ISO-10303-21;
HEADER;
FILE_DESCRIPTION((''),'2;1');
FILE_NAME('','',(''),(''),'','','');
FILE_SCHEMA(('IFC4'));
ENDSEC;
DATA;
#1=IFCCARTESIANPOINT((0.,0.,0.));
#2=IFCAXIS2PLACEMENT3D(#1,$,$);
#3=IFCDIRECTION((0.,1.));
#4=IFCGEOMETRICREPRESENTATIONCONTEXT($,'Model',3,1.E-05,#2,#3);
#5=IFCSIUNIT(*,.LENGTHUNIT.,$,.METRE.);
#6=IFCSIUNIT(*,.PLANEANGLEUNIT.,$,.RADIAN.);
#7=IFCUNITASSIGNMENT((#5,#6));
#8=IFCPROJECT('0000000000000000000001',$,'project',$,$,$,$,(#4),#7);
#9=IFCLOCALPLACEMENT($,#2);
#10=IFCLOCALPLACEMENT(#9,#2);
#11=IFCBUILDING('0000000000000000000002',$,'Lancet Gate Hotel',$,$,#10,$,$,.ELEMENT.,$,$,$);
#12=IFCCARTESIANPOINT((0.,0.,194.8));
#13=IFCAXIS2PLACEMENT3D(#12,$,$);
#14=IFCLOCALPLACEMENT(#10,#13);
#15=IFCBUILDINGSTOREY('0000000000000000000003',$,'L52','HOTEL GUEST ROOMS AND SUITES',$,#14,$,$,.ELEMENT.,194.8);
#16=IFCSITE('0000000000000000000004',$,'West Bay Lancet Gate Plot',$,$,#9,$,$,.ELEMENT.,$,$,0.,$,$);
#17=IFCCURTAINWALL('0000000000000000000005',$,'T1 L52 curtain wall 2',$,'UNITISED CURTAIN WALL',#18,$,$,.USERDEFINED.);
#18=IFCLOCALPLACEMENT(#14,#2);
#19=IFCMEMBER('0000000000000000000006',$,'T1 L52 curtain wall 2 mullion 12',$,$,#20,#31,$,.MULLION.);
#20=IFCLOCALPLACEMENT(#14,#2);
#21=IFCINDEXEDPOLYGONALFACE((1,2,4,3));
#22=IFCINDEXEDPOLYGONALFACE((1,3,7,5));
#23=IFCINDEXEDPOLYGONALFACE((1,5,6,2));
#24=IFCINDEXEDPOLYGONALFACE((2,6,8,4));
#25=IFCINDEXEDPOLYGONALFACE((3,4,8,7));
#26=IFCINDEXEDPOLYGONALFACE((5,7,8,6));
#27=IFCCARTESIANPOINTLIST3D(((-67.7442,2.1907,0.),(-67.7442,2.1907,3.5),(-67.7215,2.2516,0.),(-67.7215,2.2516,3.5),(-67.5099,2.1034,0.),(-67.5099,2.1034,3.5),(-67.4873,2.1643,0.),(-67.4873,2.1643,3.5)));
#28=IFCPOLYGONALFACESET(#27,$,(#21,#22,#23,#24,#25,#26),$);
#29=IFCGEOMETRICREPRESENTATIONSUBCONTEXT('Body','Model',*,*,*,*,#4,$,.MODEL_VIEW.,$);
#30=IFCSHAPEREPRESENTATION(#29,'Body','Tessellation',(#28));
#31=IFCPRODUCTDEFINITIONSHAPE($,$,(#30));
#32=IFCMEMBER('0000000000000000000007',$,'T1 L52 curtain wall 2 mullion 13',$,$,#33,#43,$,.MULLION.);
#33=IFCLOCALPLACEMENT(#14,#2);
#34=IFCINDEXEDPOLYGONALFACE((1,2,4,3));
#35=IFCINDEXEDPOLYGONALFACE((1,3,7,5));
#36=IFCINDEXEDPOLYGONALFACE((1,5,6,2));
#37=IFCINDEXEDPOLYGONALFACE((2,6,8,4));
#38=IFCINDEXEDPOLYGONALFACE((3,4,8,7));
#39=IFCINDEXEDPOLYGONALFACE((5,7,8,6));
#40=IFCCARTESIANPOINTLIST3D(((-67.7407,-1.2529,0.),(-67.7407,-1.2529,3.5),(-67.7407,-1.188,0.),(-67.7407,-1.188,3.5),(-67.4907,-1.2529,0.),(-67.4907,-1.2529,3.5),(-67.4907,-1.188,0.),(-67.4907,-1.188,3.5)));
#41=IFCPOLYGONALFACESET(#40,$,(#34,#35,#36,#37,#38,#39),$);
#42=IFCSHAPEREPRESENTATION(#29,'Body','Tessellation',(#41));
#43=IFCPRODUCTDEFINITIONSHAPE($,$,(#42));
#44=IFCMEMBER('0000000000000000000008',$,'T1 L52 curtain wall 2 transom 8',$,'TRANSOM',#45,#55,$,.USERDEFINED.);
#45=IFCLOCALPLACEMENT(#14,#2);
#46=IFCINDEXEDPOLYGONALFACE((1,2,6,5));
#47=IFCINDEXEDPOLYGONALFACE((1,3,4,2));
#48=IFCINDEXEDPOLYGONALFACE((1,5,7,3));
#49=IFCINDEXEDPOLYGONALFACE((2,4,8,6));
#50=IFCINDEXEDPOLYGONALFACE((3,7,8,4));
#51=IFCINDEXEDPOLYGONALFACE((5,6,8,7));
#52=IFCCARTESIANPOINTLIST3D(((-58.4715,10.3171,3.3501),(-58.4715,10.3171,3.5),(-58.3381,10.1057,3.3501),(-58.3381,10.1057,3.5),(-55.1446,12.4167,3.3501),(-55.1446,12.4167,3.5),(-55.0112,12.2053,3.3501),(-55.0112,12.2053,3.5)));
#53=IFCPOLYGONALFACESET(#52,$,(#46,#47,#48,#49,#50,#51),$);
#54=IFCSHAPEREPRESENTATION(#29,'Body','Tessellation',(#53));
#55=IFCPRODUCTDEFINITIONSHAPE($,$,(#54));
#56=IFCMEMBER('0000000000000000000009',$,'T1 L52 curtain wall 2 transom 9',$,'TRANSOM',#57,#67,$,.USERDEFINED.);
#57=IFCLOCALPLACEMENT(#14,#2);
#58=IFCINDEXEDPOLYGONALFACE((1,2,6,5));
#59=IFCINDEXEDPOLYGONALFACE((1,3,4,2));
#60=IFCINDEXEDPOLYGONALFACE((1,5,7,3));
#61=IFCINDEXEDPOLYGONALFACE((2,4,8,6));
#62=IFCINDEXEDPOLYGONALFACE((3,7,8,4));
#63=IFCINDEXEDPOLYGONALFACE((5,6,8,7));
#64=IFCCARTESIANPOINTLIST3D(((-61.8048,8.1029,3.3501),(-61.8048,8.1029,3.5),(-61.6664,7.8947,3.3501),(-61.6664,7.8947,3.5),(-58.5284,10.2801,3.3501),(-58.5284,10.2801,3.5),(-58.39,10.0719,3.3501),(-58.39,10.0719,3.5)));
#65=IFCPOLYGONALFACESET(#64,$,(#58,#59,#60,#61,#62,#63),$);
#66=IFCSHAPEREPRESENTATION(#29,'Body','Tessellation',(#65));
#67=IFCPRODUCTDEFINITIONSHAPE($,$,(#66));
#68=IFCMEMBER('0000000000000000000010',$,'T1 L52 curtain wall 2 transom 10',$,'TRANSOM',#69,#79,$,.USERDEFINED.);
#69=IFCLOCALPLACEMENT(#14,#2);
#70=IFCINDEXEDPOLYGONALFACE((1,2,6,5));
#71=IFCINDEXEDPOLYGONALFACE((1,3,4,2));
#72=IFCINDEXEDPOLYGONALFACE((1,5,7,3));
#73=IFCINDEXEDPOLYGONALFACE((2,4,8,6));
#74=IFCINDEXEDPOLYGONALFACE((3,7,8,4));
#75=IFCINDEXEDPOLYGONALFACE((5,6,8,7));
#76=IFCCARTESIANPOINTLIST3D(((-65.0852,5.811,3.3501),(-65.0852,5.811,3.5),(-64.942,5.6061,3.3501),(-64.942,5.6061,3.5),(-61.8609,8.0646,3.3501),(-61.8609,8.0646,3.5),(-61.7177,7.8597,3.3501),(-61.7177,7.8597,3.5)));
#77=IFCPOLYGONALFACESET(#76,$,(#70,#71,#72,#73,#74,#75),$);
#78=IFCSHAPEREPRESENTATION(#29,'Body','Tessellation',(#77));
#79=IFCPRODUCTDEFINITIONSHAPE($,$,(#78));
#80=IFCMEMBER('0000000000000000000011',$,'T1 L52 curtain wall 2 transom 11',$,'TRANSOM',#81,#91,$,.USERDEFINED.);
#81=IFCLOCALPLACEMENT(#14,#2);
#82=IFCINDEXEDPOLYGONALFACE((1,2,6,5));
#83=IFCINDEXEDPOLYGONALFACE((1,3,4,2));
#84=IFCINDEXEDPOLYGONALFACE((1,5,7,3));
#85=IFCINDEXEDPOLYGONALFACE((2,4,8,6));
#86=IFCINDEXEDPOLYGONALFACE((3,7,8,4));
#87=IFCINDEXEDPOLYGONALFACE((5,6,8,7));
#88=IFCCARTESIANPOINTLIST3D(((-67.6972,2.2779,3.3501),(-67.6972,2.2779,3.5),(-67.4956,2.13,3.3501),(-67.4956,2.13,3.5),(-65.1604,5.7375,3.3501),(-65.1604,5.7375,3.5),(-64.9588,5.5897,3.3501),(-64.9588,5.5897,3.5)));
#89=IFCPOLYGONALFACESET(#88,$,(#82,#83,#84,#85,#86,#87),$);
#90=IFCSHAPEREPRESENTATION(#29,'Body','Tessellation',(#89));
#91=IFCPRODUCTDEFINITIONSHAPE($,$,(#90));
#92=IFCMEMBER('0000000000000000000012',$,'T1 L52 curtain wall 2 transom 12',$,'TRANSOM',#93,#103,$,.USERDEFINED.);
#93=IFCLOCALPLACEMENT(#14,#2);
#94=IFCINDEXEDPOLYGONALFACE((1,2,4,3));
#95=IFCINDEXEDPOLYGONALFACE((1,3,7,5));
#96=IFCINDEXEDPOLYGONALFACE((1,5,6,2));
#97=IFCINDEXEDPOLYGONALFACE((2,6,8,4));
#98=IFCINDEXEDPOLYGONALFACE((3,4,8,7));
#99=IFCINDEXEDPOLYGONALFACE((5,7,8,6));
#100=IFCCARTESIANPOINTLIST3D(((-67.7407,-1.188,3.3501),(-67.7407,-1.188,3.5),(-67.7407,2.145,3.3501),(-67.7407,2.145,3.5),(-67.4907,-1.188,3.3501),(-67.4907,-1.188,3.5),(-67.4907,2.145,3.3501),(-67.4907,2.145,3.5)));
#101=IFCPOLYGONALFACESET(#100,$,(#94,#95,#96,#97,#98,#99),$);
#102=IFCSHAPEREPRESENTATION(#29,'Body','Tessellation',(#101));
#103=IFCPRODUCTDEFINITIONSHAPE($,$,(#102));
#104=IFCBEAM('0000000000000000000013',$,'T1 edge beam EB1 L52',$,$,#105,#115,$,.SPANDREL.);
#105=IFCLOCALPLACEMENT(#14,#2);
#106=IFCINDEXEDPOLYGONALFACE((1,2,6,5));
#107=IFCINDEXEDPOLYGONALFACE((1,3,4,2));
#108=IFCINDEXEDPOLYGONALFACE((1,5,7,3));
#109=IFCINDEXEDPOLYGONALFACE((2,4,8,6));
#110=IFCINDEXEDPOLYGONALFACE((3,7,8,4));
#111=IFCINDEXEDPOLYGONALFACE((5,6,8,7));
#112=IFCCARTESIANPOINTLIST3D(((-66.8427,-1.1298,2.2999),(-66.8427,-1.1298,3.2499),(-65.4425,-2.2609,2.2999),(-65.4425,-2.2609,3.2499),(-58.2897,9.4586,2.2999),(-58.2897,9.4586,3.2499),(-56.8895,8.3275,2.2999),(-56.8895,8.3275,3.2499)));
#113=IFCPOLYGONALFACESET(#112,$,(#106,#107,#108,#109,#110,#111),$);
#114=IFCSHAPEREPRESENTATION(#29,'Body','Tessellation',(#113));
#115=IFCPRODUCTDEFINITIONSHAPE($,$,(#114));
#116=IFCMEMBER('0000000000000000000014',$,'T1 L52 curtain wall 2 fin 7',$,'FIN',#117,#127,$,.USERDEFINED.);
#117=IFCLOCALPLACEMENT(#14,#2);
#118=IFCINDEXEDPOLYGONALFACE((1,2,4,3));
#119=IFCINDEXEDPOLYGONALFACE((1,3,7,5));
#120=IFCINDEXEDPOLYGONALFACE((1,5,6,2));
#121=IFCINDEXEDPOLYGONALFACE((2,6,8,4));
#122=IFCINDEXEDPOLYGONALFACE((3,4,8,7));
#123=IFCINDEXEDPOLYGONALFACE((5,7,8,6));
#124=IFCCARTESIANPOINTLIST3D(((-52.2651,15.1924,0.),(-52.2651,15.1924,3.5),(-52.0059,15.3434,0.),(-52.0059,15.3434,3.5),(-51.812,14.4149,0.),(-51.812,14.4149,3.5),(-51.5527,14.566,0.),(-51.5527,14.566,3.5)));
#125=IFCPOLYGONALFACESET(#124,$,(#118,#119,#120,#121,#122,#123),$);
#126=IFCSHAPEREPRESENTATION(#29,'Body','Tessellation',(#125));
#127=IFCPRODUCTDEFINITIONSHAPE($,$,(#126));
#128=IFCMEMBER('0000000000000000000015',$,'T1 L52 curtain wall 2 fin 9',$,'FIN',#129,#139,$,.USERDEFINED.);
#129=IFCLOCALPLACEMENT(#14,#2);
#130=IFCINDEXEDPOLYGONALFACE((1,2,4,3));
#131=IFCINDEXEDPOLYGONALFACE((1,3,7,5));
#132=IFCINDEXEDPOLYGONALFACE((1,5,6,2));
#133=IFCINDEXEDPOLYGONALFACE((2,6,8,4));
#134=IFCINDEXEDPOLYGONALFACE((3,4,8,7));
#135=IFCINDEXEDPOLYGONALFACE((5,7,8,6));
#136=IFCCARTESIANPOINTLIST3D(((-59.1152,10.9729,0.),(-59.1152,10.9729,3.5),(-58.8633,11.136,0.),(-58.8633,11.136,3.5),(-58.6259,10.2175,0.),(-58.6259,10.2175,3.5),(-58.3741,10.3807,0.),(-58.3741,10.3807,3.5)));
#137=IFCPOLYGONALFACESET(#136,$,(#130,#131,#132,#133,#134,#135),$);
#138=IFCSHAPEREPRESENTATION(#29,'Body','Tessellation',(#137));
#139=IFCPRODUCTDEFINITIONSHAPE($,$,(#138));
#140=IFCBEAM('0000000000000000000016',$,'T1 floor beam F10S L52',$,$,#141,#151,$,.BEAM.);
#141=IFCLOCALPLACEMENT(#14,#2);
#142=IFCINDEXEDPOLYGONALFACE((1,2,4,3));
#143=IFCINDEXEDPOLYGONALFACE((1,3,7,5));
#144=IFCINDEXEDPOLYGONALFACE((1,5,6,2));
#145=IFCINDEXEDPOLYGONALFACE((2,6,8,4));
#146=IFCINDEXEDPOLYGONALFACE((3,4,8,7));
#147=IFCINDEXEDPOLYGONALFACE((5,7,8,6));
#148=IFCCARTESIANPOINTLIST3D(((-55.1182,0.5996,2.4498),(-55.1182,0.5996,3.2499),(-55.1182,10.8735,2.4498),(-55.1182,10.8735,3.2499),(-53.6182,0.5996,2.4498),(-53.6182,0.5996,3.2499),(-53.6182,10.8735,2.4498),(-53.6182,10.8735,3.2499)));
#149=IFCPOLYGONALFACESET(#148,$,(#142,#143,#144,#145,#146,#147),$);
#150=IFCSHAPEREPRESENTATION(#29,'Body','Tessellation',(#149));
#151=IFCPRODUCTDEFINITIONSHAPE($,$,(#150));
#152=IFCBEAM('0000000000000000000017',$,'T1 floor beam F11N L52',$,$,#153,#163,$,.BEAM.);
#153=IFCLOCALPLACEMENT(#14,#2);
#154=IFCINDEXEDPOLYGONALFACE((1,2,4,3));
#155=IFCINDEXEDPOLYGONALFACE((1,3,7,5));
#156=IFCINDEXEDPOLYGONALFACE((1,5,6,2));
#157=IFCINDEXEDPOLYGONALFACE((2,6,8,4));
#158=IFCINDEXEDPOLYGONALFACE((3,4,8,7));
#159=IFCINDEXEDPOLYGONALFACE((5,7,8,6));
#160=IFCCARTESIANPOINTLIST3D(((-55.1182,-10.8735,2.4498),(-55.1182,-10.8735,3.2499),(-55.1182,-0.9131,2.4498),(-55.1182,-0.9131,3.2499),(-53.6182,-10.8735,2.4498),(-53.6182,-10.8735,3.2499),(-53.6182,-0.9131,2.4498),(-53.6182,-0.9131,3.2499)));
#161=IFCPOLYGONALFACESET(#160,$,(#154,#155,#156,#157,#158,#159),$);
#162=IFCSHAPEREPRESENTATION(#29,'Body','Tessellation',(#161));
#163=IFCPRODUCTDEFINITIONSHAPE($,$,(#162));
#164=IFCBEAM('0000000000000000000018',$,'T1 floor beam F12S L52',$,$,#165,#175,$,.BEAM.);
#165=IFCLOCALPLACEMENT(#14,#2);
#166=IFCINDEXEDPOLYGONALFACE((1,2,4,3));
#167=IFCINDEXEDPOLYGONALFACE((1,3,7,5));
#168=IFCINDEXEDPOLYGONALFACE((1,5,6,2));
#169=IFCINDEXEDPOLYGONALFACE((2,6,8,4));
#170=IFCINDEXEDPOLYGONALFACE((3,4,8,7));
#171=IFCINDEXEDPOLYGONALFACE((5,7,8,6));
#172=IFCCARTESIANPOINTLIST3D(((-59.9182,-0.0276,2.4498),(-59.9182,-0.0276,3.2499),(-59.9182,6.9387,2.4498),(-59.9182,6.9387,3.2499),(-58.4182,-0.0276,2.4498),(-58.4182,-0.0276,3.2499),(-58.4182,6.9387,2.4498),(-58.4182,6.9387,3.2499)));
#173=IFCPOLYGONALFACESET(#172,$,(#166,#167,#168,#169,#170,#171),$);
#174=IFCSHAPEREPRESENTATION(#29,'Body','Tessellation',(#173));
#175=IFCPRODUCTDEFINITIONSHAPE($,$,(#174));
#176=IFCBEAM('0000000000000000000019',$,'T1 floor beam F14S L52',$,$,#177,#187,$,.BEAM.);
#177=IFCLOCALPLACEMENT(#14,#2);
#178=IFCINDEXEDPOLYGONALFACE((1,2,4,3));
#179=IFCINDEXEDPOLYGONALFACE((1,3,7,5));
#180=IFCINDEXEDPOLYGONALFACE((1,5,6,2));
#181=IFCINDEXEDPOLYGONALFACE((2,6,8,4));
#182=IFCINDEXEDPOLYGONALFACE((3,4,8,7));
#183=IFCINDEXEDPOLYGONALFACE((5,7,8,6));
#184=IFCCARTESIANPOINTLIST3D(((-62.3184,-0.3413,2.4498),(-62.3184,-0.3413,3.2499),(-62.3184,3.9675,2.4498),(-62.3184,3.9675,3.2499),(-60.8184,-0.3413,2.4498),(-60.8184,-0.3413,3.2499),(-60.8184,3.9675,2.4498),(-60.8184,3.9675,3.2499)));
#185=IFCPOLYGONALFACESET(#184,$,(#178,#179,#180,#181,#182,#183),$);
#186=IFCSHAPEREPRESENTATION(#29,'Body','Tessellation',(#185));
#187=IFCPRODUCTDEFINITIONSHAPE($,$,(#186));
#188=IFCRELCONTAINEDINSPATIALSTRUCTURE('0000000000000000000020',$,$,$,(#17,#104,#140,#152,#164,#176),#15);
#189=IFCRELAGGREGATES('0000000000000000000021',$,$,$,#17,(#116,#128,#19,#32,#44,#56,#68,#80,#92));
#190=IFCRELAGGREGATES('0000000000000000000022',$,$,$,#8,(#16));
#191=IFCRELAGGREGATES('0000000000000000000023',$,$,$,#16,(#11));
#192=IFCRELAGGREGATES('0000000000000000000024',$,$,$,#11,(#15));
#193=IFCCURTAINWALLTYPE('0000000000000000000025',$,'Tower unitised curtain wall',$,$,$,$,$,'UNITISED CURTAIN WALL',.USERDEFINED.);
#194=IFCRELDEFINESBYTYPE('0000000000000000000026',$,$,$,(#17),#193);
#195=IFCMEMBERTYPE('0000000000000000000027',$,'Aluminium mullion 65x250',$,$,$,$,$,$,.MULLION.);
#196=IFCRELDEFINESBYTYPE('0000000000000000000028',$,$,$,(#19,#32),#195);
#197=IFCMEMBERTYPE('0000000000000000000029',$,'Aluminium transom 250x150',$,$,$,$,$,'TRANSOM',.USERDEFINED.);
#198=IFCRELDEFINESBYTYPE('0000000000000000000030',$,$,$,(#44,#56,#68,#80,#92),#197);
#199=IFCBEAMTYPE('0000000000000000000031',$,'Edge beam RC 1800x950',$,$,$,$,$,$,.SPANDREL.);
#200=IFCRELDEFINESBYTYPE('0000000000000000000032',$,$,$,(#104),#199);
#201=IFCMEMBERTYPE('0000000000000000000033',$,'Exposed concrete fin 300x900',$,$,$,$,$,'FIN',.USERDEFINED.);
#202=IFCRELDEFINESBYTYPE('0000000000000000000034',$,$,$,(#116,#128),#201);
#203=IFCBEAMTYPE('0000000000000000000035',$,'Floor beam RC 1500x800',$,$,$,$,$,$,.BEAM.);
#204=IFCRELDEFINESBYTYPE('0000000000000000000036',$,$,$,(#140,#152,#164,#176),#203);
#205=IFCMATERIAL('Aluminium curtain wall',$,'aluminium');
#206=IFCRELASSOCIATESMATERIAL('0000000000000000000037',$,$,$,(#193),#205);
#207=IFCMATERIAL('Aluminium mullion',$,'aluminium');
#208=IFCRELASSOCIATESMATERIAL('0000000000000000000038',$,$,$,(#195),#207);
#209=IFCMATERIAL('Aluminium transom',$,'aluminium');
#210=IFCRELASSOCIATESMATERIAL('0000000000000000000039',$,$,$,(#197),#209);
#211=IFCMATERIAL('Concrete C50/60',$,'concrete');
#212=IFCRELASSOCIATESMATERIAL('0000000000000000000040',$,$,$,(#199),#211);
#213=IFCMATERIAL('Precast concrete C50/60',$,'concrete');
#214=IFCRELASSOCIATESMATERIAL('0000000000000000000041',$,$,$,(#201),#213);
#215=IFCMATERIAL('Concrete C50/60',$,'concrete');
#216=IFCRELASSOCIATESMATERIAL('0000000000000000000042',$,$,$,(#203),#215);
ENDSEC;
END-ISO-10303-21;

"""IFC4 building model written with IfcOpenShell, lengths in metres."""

from ifc_helpers import new_model, si_unit, direction, frame, origin, origin_2d, place, context, subcontext, project, spatial, rectangle, extrude, material, material_profile, profile_set, type_object, element, aggregate, save


model = new_model("IFC4")

# Units and contexts
model_context = context("Model", 3, precision=1e-05, world=origin(), true_north=direction((0.0, 1.0)))
body_context = subcontext(model_context, "Body", "Model", "MODEL_VIEW")
ifc_project = project(units=[si_unit("LENGTHUNIT", "METRE"), si_unit("PLANEANGLEUNIT", "RADIAN")], contexts=[model_context])

# Site, building, storey
site_placement = place(None, origin())
site = spatial("IfcSite", under=ifc_project, at=site_placement, Name="West Bay Lancet Gate Plot", CompositionType="ELEMENT", RefElevation=0.0)
building_placement = place(site_placement, origin())
building = spatial("IfcBuilding", under=site, at=building_placement, Name="Lancet Gate Hotel", CompositionType="ELEMENT")
storey_placement = place(building_placement, frame((0.0, 0.0, 194.8)))
storey = spatial("IfcBuildingStorey", under=building, at=storey_placement, Name="L52", Description="HOTEL GUEST ROOMS AND SUITES", CompositionType="ELEMENT", Elevation=194.8)

# Curtain wall, members
ifc_material_1 = material(Name="Aluminium curtain wall", Category="aluminium")
curtain_wall_type = type_object("IfcCurtainWallType", Name="Tower unitised curtain wall", ElementType="UNITISED CURTAIN WALL", PredefinedType="USERDEFINED", material=ifc_material_1)
curtain_wall_placement = place(storey_placement, origin())
curtain_wall = element("IfcCurtainWall", 1, at=curtain_wall_placement, inside=storey, type_object=curtain_wall_type, Name="T1 L52 curtain wall 2", ObjectType="UNITISED CURTAIN WALL", PredefinedType="USERDEFINED")
ifc_material_2 = material(Name="Aluminium mullion", Category="aluminium")
ifc_material_profile_1 = material_profile(ifc_material_2, rectangle(XDim=0.0649, YDim=0.25, at=origin_2d()), Name="MULLION 65x250")
ifc_profile_set_1 = profile_set([ifc_material_profile_1], Name="Aluminium mullion")
member_type_1 = type_object("IfcMemberType", Name="Aluminium mullion 65x250", PredefinedType="MULLION", material=ifc_profile_set_1)
member_1_placement = place(storey_placement, frame((-67.6157, 2.1775, 0.0), z_axis=(0.0, 0.0, 1.0), x_axis=(-0.349199, -0.937048, 0.0)))
member_1 = element("IfcMember", 2, at=member_1_placement, type_object=member_type_1, Name="T1 L52 curtain wall 2 mullion 12", PredefinedType="MULLION", context=body_context, shape_type="SweptSolid", body=[
    extrude(rectangle(XDim=0.0649, YDim=0.25, at=origin_2d()), origin(), (0.0, 0.0, 1.0), 3.5),
])
member_2_placement = place(storey_placement, frame((-67.6157, -1.2205, 0.0), z_axis=(0.0, 0.0, 1.0), x_axis=(0.0, -1.0, 0.0)))
member_2 = element("IfcMember", 3, at=member_2_placement, type_object=member_type_1, Name="T1 L52 curtain wall 2 mullion 13", PredefinedType="MULLION", context=body_context, shape_type="SweptSolid", body=[
    extrude(rectangle(XDim=0.0649, YDim=0.25, at=origin_2d()), origin(), (0.0, 0.0, 1.0), 3.5),
])
ifc_material_3 = material(Name="Aluminium transom", Category="aluminium")
ifc_material_profile_2 = material_profile(ifc_material_3, rectangle(XDim=0.25, YDim=0.1499, at=origin_2d()), Name="TRANSOM 250x150")
ifc_profile_set_2 = profile_set([ifc_material_profile_2], Name="Aluminium transom")
member_type_2 = type_object("IfcMemberType", Name="Aluminium transom 250x150", ElementType="TRANSOM", PredefinedType="USERDEFINED", material=ifc_profile_set_2)
member_3_placement = place(storey_placement, frame((-55.0779, 12.311, 3.425), z_axis=(-0.845672, -0.533703, 0.0), x_axis=(0.533703, -0.845672, 0.0)))
member_3 = element("IfcMember", 4, at=member_3_placement, type_object=member_type_2, Name="T1 L52 curtain wall 2 transom 8", ObjectType="TRANSOM", PredefinedType="USERDEFINED", context=body_context, shape_type="SweptSolid", body=[
    extrude(rectangle(XDim=0.25, YDim=0.1499, at=origin_2d()), origin(), (0.0, 0.0, 1.0), 3.9341),
])
member_4_placement = place(storey_placement, frame((-58.4592, 10.176, 3.425), z_axis=(-0.832871, -0.553468, 0.0), x_axis=(0.553468, -0.832871, 0.0)))
member_4 = element("IfcMember", 5, at=member_4_placement, type_object=member_type_2, Name="T1 L52 curtain wall 2 transom 9", ObjectType="TRANSOM", PredefinedType="USERDEFINED", context=body_context, shape_type="SweptSolid", body=[
    extrude(rectangle(XDim=0.25, YDim=0.1499, at=origin_2d()), origin(), (0.0, 0.0, 1.0), 3.9338),
])
member_5_placement = place(storey_placement, frame((-61.7893, 7.9622, 3.425), z_axis=(-0.819637, -0.572883, 0.0), x_axis=(0.572883, -0.819637, 0.0)))
member_5 = element("IfcMember", 6, at=member_5_placement, type_object=member_type_2, Name="T1 L52 curtain wall 2 transom 10", ObjectType="TRANSOM", PredefinedType="USERDEFINED", context=body_context, shape_type="SweptSolid", body=[
    extrude(rectangle(XDim=0.25, YDim=0.1499, at=origin_2d()), origin(), (0.0, 0.0, 1.0), 3.9338),
])
member_6_placement = place(storey_placement, frame((-65.0596, 5.6636, 3.425), z_axis=(-0.591324, -0.806434, 0.0), x_axis=(0.806434, -0.591324, 0.0)))
member_6 = element("IfcMember", 7, at=member_6_placement, type_object=member_type_2, Name="T1 L52 curtain wall 2 transom 11", ObjectType="TRANSOM", PredefinedType="USERDEFINED", context=body_context, shape_type="SweptSolid", body=[
    extrude(rectangle(XDim=0.25, YDim=0.1499, at=origin_2d()), origin(), (0.0, 0.0, 1.0), 4.29),
])
member_7_placement = place(storey_placement, frame((-67.6157, 2.145, 3.425), z_axis=(0.0, -1.0, 0.0), x_axis=(1.0, 0.0, 0.0)))
member_7 = element("IfcMember", 8, at=member_7_placement, type_object=member_type_2, Name="T1 L52 curtain wall 2 transom 12", ObjectType="TRANSOM", PredefinedType="USERDEFINED", context=body_context, shape_type="SweptSolid", body=[
    extrude(rectangle(XDim=0.25, YDim=0.1499, at=origin_2d()), origin(), (0.0, 0.0, 1.0), 3.333),
])

# Beam
ifc_material_4 = material(Name="Concrete C50/60", Category="concrete")
ifc_material_profile_3 = material_profile(ifc_material_4, rectangle(XDim=1.8, YDim=0.95, at=origin_2d()), Name="RC 1800x950")
ifc_profile_set_3 = profile_set([ifc_material_profile_3], Name="Concrete C50/60")
beam_type_1 = type_object("IfcBeamType", Name="Edge beam RC 1800x950", PredefinedType="SPANDREL", material=ifc_profile_set_3)
beam_1_placement = place(storey_placement, frame((-57.5896, 8.8931, 2.7749), z_axis=(-0.628374, -0.777912, 0.0), x_axis=(0.777912, -0.628374, 0.0)))
element("IfcBeam", 9, at=beam_1_placement, inside=storey, type_object=beam_type_1, Name="T1 edge beam EB1 L52", PredefinedType="SPANDREL", context=body_context, shape_type="SweptSolid", body=[
    extrude(rectangle(XDim=1.8, YDim=0.95, at=origin_2d()), origin(), (0.0, 0.0, 1.0), 13.6113),
])

# Members
ifc_material_5 = material(Name="Precast concrete C50/60", Category="concrete")
ifc_material_profile_4 = material_profile(ifc_material_5, rectangle(XDim=0.3, YDim=0.8999, at=origin_2d()), Name="FIN 300x900")
ifc_profile_set_4 = profile_set([ifc_material_profile_4], Name="Precast concrete C50/60")
member_type_3 = type_object("IfcMemberType", Name="Exposed concrete fin 300x900", ElementType="FIN", PredefinedType="USERDEFINED", material=ifc_profile_set_4)
member_8_placement = place(storey_placement, frame((-51.9089, 14.8792, 0.0), z_axis=(0.0, 0.0, 1.0), x_axis=(-0.863969, -0.503545, 0.0)))
member_8 = element("IfcMember", 10, at=member_8_placement, type_object=member_type_3, Name="T1 L52 curtain wall 2 fin 7", ObjectType="FIN", PredefinedType="USERDEFINED", context=body_context, shape_type="SweptSolid", body=[
    extrude(rectangle(XDim=0.3, YDim=0.8999, at=origin_2d()), origin(), (0.0, 0.0, 1.0), 3.5),
])
member_9_placement = place(storey_placement, frame((-58.7446, 10.6768, 0.0), z_axis=(0.0, 0.0, 1.0), x_axis=(-0.839331, -0.543621, 0.0)))
member_9 = element("IfcMember", 11, at=member_9_placement, type_object=member_type_3, Name="T1 L52 curtain wall 2 fin 9", ObjectType="FIN", PredefinedType="USERDEFINED", context=body_context, shape_type="SweptSolid", body=[
    extrude(rectangle(XDim=0.3, YDim=0.8999, at=origin_2d()), origin(), (0.0, 0.0, 1.0), 3.5),
])

# Beams
ifc_material_6 = material(Name="Concrete C50/60", Category="concrete")
ifc_material_profile_5 = material_profile(ifc_material_6, rectangle(XDim=1.5, YDim=0.8, at=origin_2d()), Name="RC 1500x800")
ifc_profile_set_5 = profile_set([ifc_material_profile_5], Name="Concrete C50/60")
beam_type_2 = type_object("IfcBeamType", Name="Floor beam RC 1500x800", PredefinedType="BEAM", material=ifc_profile_set_5)
beam_2_placement = place(storey_placement, frame((-54.3682, 10.8735, 2.8499), z_axis=(0.0, -1.0, 0.0), x_axis=(1.0, 0.0, 0.0)))
element("IfcBeam", 12, at=beam_2_placement, inside=storey, type_object=beam_type_2, Name="T1 floor beam F10S L52", PredefinedType="BEAM", context=body_context, shape_type="SweptSolid", body=[
    extrude(rectangle(XDim=1.5, YDim=0.8, at=origin_2d()), origin(), (0.0, 0.0, 1.0), 10.2739),
])
beam_3_placement = place(storey_placement, frame((-54.3682, -0.9131, 2.8499), z_axis=(0.0, -1.0, 0.0), x_axis=(1.0, 0.0, 0.0)))
element("IfcBeam", 13, at=beam_3_placement, inside=storey, type_object=beam_type_2, Name="T1 floor beam F11N L52", PredefinedType="BEAM", context=body_context, shape_type="SweptSolid", body=[
    extrude(rectangle(XDim=1.5, YDim=0.8, at=origin_2d()), origin(), (0.0, 0.0, 1.0), 9.9604),
])
beam_4_placement = place(storey_placement, frame((-59.1682, 6.9387, 2.8499), z_axis=(0.0, -1.0, 0.0), x_axis=(1.0, 0.0, 0.0)))
element("IfcBeam", 14, at=beam_4_placement, inside=storey, type_object=beam_type_2, Name="T1 floor beam F12S L52", PredefinedType="BEAM", context=body_context, shape_type="SweptSolid", body=[
    extrude(rectangle(XDim=1.5, YDim=0.8, at=origin_2d()), origin(), (0.0, 0.0, 1.0), 6.9663),
])
beam_5_placement = place(storey_placement, frame((-61.5684, 3.9675, 2.8499), z_axis=(0.0, -1.0, 0.0), x_axis=(1.0, 0.0, 0.0)))
element("IfcBeam", 15, at=beam_5_placement, inside=storey, type_object=beam_type_2, Name="T1 floor beam F14S L52", PredefinedType="BEAM", context=body_context, shape_type="SweptSolid", body=[
    extrude(rectangle(XDim=1.5, YDim=0.8, at=origin_2d()), origin(), (0.0, 0.0, 1.0), 4.3088),
])

aggregate(curtain_wall, [member_8, member_9, member_1, member_2, member_3, member_4, member_5, member_6, member_7])

save(model, "model.ifc")
